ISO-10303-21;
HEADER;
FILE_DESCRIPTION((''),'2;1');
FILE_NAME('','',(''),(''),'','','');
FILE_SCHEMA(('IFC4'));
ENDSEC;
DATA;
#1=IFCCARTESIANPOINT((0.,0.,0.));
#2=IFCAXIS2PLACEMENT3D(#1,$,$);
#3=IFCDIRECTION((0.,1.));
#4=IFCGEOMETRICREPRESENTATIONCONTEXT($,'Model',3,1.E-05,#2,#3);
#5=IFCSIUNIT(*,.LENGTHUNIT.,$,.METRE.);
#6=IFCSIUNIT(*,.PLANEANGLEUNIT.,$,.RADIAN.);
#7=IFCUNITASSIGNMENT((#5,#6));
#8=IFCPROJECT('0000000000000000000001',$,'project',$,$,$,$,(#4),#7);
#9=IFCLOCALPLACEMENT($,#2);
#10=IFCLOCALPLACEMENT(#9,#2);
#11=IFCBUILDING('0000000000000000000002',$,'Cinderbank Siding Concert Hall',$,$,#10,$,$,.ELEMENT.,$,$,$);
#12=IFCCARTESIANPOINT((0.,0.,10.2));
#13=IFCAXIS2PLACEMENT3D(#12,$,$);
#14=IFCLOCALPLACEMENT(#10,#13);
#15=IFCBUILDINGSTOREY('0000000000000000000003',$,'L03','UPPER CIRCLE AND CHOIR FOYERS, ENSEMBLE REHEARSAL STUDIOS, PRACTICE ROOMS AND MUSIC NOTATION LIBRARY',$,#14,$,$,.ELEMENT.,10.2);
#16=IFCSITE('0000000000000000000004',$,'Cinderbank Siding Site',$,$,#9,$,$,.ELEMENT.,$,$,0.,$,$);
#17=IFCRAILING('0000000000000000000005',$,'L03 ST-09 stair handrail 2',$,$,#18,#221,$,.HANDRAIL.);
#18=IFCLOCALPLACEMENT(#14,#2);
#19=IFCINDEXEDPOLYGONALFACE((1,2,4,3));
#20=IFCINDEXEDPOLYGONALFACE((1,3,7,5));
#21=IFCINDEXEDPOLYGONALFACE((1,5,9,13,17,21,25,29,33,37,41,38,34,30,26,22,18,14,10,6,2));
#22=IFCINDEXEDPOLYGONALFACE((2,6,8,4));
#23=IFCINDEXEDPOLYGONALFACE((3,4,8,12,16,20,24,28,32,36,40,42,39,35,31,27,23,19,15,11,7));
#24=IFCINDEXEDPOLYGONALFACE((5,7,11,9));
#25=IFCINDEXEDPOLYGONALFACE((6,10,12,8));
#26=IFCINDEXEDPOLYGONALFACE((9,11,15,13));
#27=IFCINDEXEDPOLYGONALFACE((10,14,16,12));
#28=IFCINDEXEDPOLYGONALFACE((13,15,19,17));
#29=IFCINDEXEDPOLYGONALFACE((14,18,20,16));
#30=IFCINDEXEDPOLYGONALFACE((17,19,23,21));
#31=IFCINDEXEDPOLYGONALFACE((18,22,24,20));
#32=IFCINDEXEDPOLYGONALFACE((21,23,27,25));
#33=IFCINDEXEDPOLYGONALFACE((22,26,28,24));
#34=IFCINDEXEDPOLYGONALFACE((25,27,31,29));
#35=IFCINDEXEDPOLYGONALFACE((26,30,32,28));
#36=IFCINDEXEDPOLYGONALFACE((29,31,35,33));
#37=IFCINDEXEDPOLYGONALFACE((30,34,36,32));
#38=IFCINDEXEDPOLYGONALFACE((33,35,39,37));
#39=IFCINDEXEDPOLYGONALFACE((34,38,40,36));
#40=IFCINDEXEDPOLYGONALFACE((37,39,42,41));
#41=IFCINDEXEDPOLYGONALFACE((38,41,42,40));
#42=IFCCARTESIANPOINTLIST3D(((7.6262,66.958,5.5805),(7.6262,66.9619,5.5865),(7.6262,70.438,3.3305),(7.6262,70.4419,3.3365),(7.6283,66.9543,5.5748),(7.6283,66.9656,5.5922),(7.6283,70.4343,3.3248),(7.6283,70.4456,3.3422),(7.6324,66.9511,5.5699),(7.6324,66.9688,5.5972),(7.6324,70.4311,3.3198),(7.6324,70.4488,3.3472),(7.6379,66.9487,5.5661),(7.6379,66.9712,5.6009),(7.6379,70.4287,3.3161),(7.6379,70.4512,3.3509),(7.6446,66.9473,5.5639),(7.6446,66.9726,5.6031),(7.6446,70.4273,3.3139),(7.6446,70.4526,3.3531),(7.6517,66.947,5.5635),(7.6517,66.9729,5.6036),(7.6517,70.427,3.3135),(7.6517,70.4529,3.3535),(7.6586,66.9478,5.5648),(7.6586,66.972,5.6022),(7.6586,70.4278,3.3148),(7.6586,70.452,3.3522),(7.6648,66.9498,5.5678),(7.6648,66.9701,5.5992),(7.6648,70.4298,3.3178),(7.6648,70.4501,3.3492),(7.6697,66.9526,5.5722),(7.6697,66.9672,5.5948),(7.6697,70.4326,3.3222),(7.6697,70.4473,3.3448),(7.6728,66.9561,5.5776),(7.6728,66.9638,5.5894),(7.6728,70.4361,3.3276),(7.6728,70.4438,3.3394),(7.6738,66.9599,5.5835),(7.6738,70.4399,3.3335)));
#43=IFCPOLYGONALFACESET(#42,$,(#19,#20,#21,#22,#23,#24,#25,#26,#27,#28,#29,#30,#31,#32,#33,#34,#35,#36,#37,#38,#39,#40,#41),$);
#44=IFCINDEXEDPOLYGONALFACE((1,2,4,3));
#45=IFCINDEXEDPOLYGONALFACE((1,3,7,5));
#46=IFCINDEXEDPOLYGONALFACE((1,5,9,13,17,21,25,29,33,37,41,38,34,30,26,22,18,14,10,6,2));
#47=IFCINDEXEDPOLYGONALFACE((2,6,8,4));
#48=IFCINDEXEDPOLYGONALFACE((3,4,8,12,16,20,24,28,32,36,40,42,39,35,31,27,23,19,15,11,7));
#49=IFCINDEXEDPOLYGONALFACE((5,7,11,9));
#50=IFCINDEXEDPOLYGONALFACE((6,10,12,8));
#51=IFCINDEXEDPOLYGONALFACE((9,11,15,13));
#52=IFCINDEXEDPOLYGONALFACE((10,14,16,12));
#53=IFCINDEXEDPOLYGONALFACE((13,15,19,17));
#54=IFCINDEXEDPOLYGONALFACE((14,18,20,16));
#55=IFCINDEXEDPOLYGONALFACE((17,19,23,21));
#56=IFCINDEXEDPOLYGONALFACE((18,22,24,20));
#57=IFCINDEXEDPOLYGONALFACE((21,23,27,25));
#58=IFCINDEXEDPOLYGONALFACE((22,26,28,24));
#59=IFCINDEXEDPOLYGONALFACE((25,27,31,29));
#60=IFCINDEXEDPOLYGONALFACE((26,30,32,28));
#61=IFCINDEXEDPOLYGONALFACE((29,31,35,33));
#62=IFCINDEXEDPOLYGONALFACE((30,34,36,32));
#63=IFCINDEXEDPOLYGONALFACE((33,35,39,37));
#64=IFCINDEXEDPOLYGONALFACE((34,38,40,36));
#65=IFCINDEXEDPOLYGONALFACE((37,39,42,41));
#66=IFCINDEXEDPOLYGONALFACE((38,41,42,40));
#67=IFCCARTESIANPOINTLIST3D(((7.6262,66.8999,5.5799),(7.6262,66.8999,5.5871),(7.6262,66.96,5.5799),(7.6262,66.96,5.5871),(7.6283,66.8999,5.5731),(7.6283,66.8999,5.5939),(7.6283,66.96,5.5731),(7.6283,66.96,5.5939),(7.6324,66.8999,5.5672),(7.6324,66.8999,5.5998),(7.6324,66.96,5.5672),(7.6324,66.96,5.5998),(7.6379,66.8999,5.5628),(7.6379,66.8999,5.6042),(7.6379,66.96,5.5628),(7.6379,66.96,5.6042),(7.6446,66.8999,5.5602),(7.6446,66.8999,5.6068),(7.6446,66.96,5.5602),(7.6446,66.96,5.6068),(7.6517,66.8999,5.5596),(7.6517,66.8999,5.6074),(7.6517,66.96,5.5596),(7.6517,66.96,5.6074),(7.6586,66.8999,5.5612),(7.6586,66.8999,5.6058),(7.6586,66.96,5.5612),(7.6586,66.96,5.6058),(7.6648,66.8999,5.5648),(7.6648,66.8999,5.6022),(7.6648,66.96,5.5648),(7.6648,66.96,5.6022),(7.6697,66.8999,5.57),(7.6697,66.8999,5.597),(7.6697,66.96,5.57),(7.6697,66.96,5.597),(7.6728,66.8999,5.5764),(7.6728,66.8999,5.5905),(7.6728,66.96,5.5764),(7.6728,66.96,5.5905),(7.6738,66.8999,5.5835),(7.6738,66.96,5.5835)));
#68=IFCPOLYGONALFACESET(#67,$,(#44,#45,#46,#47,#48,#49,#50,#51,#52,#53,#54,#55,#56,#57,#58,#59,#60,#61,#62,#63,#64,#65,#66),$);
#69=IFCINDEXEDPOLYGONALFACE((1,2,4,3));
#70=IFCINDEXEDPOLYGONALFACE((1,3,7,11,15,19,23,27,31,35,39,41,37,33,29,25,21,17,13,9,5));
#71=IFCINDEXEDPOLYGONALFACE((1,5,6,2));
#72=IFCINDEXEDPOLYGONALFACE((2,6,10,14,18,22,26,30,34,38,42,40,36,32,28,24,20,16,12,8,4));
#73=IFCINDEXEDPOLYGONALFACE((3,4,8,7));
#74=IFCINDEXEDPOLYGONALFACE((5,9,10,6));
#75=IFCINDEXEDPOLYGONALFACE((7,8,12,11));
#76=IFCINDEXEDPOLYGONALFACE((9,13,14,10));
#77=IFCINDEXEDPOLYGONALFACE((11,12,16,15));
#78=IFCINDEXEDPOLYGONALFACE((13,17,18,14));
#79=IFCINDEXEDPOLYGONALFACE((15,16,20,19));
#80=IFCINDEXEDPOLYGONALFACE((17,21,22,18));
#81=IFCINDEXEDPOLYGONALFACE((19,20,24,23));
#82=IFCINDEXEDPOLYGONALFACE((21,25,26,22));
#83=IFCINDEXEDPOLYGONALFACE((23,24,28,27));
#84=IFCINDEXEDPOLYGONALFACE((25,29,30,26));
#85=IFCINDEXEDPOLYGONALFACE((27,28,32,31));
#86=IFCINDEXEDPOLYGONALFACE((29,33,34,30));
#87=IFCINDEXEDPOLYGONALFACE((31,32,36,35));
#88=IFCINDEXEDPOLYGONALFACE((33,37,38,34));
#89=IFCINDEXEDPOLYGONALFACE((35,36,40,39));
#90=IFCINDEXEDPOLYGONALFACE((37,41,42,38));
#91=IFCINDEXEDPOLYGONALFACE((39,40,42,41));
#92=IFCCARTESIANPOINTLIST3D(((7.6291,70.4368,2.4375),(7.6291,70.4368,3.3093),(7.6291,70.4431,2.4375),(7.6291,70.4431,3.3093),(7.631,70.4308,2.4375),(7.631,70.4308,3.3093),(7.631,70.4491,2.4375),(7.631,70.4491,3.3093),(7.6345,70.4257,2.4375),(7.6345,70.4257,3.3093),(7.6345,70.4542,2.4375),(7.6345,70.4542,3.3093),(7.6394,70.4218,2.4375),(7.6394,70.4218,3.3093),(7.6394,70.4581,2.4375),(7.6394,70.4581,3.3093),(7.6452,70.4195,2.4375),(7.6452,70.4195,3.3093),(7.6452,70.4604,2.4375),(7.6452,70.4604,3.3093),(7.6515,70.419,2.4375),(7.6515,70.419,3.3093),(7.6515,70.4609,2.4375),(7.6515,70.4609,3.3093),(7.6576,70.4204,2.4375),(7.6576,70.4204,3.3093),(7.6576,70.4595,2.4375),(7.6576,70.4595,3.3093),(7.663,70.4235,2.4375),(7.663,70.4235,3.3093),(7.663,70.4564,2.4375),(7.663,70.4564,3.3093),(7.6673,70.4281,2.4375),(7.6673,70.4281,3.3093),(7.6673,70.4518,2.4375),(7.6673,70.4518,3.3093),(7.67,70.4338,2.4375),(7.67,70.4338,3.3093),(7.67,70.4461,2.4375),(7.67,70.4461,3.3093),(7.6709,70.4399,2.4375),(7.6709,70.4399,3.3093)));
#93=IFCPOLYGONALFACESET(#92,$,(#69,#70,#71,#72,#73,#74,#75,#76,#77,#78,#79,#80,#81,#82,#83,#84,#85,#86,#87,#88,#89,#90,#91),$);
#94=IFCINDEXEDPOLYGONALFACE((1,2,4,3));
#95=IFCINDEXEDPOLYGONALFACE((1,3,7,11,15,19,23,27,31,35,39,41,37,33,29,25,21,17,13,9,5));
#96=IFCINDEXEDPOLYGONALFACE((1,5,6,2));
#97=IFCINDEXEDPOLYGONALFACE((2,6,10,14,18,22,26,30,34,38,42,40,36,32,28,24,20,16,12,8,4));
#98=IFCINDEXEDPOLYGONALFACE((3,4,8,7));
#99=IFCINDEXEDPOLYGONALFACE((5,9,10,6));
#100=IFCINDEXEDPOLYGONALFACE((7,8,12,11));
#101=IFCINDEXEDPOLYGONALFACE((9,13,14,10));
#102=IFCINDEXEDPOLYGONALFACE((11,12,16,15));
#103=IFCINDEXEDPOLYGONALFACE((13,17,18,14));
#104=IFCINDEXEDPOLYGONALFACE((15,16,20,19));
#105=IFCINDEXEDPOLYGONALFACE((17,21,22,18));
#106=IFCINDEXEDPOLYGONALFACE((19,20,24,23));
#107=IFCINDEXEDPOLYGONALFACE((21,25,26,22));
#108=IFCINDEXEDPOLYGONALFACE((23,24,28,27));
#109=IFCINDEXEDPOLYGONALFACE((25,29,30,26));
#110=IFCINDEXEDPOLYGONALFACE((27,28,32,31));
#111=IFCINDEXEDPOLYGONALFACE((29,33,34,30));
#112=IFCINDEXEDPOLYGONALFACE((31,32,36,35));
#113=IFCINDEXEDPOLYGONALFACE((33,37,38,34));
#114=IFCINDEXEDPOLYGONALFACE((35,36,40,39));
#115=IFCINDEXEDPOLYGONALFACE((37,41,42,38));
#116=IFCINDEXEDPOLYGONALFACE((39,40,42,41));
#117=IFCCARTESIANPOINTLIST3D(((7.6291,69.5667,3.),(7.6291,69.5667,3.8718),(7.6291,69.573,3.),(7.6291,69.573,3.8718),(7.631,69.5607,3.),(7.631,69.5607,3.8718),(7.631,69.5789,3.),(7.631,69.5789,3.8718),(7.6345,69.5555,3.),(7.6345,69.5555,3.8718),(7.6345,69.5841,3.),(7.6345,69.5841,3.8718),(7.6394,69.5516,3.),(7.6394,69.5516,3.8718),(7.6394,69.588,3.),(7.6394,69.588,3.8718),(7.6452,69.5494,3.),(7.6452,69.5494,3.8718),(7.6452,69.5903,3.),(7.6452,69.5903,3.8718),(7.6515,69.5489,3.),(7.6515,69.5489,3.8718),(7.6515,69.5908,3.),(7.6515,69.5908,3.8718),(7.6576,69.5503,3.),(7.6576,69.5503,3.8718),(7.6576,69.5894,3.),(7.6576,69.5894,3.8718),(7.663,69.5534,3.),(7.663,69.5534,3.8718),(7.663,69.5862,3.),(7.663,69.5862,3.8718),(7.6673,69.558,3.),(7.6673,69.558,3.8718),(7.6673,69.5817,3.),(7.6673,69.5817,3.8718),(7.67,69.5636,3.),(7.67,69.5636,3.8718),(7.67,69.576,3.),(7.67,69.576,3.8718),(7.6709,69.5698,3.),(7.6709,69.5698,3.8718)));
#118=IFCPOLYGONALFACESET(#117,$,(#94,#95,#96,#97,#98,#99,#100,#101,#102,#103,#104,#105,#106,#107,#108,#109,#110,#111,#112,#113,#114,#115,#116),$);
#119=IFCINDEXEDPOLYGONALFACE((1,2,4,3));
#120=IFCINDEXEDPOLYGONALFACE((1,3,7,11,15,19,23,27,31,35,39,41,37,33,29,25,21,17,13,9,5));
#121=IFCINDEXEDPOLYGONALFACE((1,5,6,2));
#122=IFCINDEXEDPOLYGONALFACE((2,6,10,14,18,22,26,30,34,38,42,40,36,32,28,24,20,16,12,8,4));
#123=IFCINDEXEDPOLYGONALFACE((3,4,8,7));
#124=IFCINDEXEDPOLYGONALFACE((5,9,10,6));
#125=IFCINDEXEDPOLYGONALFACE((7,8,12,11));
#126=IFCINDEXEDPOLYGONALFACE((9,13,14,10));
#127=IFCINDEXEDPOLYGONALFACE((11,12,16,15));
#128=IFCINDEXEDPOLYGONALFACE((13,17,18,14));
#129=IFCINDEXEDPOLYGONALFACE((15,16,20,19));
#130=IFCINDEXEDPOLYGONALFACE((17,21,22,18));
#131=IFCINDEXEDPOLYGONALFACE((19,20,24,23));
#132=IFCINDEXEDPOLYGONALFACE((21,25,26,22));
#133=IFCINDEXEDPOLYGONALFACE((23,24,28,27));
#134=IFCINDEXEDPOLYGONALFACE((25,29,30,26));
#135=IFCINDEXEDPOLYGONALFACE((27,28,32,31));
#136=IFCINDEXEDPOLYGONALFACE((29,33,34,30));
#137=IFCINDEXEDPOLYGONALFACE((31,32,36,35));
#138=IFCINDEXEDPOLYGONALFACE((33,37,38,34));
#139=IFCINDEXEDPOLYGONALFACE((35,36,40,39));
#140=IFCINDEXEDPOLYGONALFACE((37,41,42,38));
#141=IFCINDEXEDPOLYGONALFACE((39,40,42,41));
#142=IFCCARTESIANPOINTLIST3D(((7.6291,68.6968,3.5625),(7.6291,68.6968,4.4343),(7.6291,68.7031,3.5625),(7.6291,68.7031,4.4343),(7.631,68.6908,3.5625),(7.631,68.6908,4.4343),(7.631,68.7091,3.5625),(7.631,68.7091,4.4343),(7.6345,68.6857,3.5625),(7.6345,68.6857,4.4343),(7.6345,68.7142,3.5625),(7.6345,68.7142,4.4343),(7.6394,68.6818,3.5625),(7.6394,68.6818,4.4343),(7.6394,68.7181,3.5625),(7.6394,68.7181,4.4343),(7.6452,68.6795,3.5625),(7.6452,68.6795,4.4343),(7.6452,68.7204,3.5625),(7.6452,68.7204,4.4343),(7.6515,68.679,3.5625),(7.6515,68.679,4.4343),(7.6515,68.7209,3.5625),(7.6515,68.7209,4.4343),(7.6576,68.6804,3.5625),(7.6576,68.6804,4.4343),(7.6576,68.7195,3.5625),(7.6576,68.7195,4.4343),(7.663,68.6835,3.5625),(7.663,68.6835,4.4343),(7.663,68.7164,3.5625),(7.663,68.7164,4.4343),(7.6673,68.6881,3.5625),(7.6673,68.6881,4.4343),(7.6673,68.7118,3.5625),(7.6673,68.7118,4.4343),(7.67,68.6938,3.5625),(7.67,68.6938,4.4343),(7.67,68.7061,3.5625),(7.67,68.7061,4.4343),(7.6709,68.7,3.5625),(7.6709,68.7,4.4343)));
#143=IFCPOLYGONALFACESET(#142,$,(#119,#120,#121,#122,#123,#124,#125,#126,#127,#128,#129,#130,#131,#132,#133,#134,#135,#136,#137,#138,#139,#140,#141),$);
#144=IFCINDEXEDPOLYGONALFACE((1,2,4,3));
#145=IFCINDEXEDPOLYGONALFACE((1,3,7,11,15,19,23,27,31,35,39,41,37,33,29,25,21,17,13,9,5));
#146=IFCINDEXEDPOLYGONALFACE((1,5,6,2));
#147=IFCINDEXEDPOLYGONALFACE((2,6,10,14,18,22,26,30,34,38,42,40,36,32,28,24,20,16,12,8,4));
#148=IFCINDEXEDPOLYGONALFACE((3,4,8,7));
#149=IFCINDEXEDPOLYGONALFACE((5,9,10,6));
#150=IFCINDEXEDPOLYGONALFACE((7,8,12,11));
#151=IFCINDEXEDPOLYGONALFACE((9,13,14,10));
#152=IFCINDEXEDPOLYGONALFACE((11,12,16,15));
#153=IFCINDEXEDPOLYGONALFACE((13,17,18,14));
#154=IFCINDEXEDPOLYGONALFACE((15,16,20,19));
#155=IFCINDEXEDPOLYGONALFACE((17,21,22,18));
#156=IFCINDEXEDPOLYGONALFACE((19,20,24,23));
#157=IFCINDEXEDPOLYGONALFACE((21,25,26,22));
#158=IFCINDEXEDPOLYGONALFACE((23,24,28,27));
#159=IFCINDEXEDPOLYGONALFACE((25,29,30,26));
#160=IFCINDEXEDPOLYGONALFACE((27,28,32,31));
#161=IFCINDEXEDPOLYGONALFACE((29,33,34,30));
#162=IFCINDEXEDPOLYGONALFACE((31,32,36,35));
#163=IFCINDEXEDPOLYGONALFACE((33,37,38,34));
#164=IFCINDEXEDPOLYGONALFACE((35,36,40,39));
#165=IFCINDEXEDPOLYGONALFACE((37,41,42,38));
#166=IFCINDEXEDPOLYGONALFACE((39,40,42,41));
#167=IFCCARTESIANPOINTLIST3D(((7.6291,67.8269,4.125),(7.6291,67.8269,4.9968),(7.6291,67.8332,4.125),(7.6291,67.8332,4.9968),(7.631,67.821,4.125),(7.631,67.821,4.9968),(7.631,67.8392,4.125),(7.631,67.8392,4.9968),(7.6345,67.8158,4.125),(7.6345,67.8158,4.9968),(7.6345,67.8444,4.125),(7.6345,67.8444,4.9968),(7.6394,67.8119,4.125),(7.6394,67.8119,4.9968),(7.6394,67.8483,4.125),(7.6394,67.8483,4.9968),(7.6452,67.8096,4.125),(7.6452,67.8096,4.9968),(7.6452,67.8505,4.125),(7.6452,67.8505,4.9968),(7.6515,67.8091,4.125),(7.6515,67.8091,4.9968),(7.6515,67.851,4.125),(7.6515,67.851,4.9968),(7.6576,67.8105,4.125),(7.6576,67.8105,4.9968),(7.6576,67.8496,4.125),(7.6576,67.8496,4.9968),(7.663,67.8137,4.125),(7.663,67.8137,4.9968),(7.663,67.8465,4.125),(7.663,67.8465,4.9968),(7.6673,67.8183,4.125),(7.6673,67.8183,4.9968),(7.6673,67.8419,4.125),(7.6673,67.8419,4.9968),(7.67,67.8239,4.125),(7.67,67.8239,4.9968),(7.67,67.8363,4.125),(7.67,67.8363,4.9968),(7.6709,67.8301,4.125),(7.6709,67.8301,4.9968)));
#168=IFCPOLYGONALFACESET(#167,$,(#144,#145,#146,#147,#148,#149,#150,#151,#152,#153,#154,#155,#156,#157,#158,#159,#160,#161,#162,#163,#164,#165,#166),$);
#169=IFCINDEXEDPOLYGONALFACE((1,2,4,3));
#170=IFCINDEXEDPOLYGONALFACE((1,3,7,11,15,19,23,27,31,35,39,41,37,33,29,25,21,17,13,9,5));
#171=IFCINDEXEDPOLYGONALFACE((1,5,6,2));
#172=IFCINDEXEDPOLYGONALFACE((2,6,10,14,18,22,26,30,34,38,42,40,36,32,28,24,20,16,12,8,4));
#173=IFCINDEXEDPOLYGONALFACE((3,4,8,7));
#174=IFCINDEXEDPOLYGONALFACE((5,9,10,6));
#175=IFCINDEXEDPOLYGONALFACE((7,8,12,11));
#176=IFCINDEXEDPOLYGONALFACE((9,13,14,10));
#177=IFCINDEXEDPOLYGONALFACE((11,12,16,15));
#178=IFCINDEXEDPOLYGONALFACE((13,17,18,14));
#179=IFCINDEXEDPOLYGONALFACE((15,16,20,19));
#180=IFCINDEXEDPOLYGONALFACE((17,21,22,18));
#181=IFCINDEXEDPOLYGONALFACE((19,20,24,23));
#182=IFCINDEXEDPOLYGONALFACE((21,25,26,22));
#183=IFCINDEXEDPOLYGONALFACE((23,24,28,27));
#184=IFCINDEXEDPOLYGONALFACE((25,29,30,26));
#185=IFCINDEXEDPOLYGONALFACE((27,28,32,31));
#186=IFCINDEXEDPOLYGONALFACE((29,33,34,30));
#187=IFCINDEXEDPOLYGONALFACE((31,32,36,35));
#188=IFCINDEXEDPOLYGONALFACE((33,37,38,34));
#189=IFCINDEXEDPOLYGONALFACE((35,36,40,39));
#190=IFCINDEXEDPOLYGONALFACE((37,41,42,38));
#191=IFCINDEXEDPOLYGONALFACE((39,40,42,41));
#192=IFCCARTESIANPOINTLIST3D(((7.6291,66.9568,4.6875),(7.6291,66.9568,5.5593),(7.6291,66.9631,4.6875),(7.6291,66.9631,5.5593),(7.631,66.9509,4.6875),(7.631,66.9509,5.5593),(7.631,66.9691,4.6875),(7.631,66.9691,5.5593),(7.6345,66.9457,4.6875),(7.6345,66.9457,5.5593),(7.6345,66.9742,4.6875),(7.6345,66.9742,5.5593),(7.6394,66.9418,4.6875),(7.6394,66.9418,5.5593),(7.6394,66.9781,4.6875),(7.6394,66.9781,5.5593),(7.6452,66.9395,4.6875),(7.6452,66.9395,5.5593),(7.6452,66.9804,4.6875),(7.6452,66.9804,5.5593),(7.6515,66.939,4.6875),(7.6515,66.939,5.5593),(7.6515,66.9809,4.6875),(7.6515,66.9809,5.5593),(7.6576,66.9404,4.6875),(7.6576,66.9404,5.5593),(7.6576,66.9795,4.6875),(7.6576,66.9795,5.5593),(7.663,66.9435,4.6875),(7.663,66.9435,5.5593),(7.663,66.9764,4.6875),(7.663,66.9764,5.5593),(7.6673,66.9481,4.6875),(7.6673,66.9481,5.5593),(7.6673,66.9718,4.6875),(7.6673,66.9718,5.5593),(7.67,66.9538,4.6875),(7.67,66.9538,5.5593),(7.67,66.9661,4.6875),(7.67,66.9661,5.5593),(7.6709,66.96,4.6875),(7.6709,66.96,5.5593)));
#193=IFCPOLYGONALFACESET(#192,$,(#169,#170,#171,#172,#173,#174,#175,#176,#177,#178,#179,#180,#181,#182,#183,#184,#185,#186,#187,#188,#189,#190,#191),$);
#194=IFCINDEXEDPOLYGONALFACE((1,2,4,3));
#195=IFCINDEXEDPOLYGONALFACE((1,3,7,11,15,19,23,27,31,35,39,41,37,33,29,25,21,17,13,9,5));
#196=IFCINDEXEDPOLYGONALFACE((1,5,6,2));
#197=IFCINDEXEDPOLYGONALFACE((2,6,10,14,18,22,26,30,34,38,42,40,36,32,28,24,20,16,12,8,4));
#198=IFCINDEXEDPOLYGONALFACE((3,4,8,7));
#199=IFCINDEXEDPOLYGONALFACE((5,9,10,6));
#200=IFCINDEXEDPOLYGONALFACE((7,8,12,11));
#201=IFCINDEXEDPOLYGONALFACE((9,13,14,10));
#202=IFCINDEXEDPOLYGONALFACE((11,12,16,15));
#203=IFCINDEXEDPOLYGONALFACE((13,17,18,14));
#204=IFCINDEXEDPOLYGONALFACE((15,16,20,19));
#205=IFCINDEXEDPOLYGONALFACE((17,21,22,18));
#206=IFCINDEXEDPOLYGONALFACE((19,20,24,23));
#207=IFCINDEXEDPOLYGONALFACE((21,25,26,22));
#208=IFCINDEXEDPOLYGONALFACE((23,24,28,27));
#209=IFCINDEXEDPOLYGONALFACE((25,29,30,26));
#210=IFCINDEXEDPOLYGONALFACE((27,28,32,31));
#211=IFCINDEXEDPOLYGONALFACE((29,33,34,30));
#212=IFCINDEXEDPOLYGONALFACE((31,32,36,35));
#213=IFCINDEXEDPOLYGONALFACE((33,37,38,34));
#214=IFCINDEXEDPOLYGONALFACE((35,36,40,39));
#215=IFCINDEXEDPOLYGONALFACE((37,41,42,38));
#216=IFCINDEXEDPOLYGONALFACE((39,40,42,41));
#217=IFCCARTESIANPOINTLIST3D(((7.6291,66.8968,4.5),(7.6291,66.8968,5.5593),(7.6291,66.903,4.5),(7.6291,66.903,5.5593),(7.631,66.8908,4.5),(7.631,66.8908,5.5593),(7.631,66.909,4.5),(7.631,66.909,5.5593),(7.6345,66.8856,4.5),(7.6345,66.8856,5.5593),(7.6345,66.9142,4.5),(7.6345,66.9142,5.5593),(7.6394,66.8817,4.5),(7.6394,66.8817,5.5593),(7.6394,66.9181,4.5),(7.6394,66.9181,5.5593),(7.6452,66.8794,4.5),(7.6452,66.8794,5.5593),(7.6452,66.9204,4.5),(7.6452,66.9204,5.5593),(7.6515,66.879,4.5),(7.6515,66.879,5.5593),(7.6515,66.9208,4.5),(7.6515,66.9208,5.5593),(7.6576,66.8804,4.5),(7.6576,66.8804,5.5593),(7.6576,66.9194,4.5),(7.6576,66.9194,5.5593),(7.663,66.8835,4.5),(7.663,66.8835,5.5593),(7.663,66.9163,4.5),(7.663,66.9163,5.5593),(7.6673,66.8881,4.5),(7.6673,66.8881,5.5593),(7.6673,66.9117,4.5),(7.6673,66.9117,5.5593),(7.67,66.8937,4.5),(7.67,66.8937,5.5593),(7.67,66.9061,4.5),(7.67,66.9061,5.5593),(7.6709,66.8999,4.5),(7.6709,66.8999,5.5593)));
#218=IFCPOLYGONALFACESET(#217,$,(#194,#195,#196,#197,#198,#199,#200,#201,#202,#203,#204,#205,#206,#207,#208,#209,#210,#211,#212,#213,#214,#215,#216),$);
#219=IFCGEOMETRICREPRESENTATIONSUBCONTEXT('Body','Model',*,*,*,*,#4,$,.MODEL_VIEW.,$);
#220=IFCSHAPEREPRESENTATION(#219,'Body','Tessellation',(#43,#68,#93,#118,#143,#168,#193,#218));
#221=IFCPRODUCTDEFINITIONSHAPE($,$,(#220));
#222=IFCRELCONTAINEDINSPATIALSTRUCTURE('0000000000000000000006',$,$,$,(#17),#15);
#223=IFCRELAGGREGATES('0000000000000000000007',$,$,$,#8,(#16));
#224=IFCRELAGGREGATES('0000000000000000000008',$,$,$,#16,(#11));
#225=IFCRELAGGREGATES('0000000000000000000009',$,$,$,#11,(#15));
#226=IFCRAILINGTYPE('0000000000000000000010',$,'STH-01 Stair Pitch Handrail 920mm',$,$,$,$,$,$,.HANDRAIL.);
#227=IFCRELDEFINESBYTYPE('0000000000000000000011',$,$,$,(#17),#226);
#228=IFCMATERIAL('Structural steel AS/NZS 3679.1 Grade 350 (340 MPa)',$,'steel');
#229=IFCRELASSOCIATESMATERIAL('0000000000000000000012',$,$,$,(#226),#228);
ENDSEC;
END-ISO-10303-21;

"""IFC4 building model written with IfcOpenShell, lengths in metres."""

from ifc_helpers import new_model, si_unit, direction, frame, origin, origin_2d, place, context, subcontext, project, spatial, circle, extrude, material, type_object, element, save


model = new_model("IFC4")

# Units and contexts
model_context = context("Model", 3, precision=1e-05, world=origin(), true_north=direction((0.0, 1.0)))
body_context = subcontext(model_context, "Body", "Model", "MODEL_VIEW")
ifc_project = project(units=[si_unit("LENGTHUNIT", "METRE"), si_unit("PLANEANGLEUNIT", "RADIAN")], contexts=[model_context])

# Site, building, storey
site_placement = place(None, origin())
site = spatial("IfcSite", under=ifc_project, at=site_placement, Name="Cinderbank Siding Site", CompositionType="ELEMENT", RefElevation=0.0)
building_placement = place(site_placement, origin())
building = spatial("IfcBuilding", under=site, at=building_placement, Name="Cinderbank Siding Concert Hall", CompositionType="ELEMENT")
storey_placement = place(building_placement, frame((0.0, 0.0, 10.2)))
storey = spatial("IfcBuildingStorey", under=building, at=storey_placement, Name="L03", Description="UPPER CIRCLE AND CHOIR FOYERS, ENSEMBLE REHEARSAL STUDIOS, PRACTICE ROOMS AND MUSIC NOTATION LIBRARY", CompositionType="ELEMENT", Elevation=10.2)

# Shared definitions
ifc_material_1 = material(Name="Structural steel AS/NZS 3679.1 Grade 350 (340 MPa)", Category="steel")

# Railing
railing_type_1 = type_object("IfcRailingType", Name="STH-01 Stair Pitch Handrail 920mm", PredefinedType="HANDRAIL", material=ifc_material_1)
railing_1_placement = place(storey_placement, frame((7.6499, 70.4399, 2.4375)))
element("IfcRailing", 1, at=railing_1_placement, inside=storey, type_object=railing_type_1, Name="L03 ST-09 stair handrail 2", PredefinedType="HANDRAIL", context=body_context, shape_type="SweptSolid", body=[
    extrude(circle(Radius=0.0239, at=origin_2d()), frame((0.0, 0.0, 0.896), z_axis=(0.0, -0.839763, 0.542953), x_axis=(1.0, 0.0, 0.0)), (0.0, 0.0, 1.0), 4.144),
    extrude(circle(Radius=0.0239, at=origin_2d()), frame((0.0, -3.48, 3.146), z_axis=(0.0, -1.0, 0.0), x_axis=(1.0, 0.0, 0.0)), (0.0, 0.0, 1.0), 0.0601),
    extrude(circle(Radius=0.021, at=origin_2d()), origin(), (0.0, 0.0, 1.0), 0.8718),
    extrude(circle(Radius=0.021, at=origin_2d()), frame((0.0, -0.8701, 0.5625)), (0.0, 0.0, 1.0), 0.8718),
    extrude(circle(Radius=0.021, at=origin_2d()), frame((0.0, -1.74, 1.125)), (0.0, 0.0, 1.0), 0.8718),
    extrude(circle(Radius=0.021, at=origin_2d()), frame((0.0, -2.6099, 1.6875)), (0.0, 0.0, 1.0), 0.8718),
    extrude(circle(Radius=0.021, at=origin_2d()), frame((0.0, -3.48, 2.25)), (0.0, 0.0, 1.0), 0.8718),
    extrude(circle(Radius=0.021, at=origin_2d()), frame((0.0, -3.54, 2.0625)), (0.0, 0.0, 1.0), 1.0593),
])

save(model, "model.ifc")
